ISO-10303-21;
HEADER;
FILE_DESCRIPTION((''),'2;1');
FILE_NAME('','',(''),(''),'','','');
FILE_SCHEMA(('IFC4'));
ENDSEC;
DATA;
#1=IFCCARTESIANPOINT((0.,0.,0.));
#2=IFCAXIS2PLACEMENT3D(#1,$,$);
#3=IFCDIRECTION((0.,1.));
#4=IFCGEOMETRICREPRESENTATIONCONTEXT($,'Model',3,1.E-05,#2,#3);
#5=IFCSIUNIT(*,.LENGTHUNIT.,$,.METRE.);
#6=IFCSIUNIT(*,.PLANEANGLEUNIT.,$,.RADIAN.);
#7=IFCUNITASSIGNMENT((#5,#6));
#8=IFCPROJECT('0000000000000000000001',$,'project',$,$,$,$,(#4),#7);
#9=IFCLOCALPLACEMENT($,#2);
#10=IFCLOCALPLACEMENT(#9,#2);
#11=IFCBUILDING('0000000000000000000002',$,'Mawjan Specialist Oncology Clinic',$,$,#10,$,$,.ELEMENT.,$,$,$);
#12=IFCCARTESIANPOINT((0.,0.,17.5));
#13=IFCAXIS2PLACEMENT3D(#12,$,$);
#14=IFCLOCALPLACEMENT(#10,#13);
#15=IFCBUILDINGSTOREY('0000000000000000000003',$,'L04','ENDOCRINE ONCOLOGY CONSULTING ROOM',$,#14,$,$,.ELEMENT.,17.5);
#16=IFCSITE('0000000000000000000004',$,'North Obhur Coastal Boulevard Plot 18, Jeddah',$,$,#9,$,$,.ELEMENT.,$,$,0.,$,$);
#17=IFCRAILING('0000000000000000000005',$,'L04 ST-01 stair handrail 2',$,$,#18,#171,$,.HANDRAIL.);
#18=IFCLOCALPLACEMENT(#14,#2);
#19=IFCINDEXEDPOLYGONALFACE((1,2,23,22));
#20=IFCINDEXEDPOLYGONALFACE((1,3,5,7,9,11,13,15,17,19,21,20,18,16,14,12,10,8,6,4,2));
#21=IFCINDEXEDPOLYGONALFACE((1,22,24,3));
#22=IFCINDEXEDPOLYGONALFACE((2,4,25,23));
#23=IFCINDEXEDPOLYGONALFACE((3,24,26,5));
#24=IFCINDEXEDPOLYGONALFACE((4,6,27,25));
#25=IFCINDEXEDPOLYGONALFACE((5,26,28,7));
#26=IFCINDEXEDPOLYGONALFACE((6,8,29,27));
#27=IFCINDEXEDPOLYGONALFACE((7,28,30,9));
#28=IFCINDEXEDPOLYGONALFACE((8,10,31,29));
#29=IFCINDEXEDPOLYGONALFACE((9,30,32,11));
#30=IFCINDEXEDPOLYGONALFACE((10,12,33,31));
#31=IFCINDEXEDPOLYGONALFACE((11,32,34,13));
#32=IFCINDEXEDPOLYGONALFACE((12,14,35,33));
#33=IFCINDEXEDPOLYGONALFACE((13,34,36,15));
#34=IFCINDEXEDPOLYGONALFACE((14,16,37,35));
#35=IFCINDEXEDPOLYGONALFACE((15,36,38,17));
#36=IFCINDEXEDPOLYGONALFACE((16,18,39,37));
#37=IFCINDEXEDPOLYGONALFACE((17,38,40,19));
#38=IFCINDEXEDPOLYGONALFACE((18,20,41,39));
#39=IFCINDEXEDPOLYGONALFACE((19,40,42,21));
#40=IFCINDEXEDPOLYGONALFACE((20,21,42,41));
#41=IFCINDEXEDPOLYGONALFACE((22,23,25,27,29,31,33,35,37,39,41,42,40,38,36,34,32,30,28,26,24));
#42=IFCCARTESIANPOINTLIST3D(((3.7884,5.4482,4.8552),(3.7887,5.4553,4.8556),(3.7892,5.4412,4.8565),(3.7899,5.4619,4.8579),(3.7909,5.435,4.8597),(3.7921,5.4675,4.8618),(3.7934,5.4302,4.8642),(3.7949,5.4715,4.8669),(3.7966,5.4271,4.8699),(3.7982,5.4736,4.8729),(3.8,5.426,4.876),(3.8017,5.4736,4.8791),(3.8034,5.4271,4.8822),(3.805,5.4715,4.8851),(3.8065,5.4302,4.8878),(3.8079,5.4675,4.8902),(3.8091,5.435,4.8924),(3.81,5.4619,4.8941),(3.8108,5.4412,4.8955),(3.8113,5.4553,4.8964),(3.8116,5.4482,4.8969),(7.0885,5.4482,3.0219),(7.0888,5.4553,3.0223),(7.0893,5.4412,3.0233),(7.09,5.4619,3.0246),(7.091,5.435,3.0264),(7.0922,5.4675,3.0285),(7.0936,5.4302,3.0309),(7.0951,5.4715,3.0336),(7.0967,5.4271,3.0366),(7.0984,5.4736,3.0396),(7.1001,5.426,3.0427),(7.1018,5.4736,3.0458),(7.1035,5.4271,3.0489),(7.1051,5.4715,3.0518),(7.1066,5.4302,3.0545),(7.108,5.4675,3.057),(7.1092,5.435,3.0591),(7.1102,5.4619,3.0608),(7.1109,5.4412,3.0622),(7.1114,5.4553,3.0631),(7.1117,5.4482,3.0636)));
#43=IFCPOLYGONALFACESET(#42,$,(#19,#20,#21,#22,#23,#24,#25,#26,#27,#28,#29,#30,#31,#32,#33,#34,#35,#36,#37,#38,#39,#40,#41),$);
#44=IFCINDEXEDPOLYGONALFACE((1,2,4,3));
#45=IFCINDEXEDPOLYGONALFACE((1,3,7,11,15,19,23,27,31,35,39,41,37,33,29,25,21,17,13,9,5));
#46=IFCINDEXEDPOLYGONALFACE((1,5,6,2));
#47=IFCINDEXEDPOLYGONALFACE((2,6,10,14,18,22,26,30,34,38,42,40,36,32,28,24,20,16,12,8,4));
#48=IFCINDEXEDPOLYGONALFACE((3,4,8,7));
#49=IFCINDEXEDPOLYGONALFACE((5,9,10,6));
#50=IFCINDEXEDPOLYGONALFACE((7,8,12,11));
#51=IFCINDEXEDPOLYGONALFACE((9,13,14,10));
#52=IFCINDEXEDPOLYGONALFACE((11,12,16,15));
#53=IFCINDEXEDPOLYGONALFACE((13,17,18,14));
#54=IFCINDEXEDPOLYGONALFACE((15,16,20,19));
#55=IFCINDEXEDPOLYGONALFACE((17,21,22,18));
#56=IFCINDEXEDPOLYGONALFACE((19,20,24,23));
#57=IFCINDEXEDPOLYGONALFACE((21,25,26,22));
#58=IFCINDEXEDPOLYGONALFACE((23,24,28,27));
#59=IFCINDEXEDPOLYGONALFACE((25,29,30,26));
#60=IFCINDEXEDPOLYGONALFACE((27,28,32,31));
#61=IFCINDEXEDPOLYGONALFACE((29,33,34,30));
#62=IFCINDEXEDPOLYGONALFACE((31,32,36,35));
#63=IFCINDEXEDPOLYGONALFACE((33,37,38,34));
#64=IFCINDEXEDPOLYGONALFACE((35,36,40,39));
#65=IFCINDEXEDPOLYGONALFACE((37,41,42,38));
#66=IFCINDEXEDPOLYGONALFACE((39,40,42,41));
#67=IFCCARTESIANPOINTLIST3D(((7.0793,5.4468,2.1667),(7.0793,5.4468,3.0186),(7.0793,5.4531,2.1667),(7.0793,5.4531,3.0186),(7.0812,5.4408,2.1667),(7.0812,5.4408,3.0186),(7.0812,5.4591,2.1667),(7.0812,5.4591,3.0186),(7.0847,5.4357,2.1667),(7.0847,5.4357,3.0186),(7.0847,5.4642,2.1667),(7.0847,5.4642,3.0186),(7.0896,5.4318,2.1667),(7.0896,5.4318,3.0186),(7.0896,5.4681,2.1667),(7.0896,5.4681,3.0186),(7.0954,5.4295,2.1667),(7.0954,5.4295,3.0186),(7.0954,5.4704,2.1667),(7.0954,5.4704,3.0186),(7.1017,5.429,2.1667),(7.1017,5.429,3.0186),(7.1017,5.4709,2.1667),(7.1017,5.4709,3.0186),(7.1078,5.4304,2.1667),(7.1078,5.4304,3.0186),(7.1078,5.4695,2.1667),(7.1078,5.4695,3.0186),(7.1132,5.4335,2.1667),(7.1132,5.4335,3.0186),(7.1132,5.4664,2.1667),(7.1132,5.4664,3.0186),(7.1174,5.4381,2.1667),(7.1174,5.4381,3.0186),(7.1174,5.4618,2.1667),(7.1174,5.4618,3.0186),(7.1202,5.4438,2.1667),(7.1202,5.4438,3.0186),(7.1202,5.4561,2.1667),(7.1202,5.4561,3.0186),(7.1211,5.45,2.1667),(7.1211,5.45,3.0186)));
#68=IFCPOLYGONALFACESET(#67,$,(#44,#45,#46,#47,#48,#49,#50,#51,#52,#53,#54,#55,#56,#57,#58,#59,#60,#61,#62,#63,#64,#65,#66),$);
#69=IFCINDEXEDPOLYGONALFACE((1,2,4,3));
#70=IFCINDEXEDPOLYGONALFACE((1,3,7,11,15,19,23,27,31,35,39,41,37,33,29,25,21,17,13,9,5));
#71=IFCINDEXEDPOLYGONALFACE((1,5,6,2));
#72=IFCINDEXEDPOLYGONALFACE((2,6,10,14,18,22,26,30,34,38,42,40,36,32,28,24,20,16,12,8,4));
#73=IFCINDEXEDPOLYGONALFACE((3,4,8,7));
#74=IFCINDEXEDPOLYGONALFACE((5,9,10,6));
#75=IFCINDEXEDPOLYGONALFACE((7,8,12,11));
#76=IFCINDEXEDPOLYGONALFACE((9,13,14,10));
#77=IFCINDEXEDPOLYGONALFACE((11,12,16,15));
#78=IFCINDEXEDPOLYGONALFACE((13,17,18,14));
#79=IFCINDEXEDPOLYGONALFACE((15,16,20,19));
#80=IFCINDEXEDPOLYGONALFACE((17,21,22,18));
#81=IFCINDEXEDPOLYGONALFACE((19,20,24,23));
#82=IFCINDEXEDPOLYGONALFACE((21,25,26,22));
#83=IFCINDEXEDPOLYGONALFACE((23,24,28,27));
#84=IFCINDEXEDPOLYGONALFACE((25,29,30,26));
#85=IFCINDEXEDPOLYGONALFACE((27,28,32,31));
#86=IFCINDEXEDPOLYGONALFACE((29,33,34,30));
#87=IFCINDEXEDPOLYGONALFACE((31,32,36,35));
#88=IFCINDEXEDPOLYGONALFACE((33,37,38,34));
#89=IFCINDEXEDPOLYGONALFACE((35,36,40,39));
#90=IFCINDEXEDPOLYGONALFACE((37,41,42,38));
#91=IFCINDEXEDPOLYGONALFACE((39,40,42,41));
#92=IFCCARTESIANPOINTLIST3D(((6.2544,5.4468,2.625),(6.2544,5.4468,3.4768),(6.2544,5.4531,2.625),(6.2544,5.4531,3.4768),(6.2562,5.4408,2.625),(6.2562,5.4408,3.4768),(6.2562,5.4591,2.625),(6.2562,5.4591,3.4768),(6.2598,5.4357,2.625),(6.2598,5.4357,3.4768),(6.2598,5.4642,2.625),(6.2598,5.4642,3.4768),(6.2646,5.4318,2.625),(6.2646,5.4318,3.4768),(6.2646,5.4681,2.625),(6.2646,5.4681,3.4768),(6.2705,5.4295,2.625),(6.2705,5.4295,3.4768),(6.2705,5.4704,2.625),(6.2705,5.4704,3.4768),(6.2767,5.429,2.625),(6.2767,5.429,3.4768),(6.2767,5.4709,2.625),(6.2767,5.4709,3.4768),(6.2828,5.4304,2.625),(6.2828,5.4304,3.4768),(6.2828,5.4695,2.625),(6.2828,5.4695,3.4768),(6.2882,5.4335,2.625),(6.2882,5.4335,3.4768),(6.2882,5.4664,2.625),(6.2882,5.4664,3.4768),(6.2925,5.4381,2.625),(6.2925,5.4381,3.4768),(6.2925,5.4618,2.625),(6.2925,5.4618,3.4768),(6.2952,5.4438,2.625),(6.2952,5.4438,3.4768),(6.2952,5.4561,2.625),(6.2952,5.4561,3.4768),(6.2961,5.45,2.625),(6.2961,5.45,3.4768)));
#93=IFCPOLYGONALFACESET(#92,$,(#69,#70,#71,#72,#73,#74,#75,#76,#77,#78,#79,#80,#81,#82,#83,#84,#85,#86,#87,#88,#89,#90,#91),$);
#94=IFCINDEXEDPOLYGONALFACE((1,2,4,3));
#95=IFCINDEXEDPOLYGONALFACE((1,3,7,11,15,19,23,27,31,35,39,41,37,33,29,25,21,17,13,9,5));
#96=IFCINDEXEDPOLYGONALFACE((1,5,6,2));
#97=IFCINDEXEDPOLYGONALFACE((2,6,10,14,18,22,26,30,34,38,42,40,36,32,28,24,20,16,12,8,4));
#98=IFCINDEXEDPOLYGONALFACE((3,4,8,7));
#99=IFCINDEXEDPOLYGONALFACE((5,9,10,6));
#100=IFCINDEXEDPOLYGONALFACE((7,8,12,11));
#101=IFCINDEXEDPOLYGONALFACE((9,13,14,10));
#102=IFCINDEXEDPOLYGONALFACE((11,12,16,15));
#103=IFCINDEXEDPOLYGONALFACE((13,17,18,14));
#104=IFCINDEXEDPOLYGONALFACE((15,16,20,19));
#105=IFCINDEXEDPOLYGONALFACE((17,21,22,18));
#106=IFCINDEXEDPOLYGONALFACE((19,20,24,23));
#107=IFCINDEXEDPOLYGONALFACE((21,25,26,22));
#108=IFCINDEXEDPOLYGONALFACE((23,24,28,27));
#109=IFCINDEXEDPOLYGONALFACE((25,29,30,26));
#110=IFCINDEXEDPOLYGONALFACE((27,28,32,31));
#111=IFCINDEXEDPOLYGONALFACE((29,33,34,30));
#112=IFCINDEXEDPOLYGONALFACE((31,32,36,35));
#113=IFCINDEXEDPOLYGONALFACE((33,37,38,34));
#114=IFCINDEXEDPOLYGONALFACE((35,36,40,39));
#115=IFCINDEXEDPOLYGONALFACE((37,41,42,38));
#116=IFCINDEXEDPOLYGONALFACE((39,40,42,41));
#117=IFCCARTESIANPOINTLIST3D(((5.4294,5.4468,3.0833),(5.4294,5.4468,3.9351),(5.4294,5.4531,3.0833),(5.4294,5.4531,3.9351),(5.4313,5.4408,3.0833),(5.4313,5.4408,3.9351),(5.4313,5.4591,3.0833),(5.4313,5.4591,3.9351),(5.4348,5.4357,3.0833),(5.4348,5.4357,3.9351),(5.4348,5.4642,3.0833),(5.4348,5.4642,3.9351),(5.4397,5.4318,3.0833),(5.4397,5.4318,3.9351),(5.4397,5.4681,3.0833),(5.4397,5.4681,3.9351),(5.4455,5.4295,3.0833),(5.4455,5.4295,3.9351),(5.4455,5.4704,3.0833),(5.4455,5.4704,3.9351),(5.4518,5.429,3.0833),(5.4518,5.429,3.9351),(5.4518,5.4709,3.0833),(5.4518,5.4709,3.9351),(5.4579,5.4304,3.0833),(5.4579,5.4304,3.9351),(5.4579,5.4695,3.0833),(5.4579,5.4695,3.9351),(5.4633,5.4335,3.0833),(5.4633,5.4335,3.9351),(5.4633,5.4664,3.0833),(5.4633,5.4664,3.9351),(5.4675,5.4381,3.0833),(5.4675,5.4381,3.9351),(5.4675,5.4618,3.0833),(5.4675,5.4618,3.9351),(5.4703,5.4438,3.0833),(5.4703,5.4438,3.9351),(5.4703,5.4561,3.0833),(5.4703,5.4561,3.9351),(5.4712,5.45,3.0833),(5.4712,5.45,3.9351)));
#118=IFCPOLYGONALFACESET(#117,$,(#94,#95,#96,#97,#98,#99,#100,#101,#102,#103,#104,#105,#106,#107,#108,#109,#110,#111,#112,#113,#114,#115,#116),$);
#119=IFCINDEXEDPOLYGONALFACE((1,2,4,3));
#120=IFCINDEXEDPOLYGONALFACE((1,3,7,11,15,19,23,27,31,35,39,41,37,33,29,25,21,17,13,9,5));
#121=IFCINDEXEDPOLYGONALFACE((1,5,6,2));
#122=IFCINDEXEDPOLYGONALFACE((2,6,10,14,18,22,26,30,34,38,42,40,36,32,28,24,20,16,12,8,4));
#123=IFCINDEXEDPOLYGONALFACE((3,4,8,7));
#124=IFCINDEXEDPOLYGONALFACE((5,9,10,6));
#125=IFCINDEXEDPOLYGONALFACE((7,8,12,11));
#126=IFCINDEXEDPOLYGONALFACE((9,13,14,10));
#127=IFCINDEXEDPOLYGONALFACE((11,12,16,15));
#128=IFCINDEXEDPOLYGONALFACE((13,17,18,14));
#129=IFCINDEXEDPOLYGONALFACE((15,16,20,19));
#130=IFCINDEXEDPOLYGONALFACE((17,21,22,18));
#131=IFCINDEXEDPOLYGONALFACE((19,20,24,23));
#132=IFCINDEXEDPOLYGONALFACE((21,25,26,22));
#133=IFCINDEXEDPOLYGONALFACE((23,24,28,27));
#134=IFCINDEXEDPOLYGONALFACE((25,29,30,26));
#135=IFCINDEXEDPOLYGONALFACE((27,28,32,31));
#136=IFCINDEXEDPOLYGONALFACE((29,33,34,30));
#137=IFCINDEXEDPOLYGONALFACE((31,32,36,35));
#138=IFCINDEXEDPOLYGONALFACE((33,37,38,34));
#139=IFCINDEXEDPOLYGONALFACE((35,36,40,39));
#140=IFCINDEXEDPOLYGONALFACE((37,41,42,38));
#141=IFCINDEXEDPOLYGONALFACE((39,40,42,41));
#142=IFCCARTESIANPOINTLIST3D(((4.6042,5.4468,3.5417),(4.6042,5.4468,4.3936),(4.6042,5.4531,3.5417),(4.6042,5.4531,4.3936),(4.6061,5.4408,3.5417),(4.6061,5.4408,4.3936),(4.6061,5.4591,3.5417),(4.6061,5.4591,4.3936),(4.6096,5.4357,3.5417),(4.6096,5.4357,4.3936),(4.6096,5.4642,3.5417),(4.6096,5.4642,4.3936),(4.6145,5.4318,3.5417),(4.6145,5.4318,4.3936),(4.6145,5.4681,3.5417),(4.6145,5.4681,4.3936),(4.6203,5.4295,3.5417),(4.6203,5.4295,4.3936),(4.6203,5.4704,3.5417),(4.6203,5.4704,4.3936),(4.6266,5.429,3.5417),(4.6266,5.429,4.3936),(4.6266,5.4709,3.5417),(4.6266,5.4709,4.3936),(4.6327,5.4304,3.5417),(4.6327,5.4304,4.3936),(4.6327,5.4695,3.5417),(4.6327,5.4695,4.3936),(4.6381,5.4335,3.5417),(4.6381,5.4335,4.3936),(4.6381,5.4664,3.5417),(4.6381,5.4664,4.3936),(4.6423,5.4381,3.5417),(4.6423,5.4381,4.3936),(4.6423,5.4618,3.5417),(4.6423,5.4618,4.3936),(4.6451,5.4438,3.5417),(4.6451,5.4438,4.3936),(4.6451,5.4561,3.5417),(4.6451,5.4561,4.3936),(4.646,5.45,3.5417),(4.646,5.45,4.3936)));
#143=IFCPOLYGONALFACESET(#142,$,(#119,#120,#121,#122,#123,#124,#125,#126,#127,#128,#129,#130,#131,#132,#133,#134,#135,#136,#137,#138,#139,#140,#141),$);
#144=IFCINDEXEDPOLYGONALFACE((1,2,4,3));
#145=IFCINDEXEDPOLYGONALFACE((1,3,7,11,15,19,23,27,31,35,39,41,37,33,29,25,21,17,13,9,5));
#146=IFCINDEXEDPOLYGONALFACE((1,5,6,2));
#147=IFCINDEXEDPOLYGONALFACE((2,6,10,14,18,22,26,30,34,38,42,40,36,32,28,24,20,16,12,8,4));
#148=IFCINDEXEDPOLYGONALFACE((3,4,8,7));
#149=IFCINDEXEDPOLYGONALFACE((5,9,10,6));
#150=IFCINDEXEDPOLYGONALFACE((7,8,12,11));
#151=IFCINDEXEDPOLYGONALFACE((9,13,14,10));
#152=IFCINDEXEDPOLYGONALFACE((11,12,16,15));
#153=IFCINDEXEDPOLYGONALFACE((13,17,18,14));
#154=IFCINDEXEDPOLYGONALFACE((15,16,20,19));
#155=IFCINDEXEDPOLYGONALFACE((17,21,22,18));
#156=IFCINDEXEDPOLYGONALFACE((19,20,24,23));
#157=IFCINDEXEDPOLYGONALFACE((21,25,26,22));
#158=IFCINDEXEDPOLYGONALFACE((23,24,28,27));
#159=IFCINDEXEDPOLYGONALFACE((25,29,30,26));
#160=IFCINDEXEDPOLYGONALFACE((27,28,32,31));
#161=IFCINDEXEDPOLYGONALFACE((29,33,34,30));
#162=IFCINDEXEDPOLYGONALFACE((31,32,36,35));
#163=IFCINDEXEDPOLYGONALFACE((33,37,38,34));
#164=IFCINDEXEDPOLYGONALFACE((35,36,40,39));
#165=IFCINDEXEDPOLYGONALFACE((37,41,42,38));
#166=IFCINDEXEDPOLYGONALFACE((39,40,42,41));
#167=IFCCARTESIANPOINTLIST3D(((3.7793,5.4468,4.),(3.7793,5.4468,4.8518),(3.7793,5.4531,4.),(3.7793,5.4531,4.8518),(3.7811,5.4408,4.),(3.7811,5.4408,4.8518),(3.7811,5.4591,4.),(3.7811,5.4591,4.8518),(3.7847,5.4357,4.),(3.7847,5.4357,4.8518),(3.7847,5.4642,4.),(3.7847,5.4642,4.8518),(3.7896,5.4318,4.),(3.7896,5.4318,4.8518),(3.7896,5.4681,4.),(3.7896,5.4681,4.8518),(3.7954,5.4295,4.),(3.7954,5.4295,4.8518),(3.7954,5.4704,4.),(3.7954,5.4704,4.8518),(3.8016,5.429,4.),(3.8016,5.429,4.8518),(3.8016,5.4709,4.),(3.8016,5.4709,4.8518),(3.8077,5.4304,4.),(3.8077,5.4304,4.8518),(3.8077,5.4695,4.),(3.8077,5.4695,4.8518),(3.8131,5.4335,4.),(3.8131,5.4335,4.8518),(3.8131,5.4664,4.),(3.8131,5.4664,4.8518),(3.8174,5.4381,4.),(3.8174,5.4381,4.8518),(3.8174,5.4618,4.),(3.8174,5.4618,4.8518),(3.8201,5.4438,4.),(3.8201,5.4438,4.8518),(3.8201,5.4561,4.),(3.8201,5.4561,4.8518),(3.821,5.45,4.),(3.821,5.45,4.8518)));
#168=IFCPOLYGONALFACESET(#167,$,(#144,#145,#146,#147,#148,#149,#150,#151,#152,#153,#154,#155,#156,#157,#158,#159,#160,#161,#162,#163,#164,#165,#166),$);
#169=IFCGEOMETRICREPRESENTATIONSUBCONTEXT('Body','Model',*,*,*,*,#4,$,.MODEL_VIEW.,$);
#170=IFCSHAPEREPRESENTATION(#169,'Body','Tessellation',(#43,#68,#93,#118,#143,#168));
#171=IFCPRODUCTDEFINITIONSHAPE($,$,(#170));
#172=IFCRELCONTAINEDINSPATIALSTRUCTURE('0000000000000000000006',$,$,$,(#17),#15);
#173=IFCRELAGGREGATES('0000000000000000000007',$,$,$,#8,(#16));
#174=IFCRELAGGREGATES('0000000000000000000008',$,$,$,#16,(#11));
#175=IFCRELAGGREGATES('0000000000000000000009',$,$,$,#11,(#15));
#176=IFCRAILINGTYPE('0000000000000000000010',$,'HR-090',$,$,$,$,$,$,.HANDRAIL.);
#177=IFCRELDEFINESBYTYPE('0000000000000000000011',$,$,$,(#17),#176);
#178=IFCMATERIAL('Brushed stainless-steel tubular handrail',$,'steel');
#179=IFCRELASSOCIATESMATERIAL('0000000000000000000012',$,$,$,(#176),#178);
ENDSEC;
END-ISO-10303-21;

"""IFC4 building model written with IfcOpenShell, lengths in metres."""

from ifc_helpers import new_model, si_unit, direction, frame, origin, origin_2d, place, context, subcontext, project, spatial, circle, extrude, material, type_object, element, save


model = new_model("IFC4")

# Units and contexts
model_context = context("Model", 3, precision=1e-05, world=origin(), true_north=direction((0.0, 1.0)))
body_context = subcontext(model_context, "Body", "Model", "MODEL_VIEW")
ifc_project = project(units=[si_unit("LENGTHUNIT", "METRE"), si_unit("PLANEANGLEUNIT", "RADIAN")], contexts=[model_context])

# Site, building, storey
site_placement = place(None, origin())
site = spatial("IfcSite", under=ifc_project, at=site_placement, Name="North Obhur Coastal Boulevard Plot 18, Jeddah", CompositionType="ELEMENT", RefElevation=0.0)
building_placement = place(site_placement, origin())
building = spatial("IfcBuilding", under=site, at=building_placement, Name="Mawjan Specialist Oncology Clinic", CompositionType="ELEMENT")
storey_placement = place(building_placement, frame((0.0, 0.0, 17.5)))
storey = spatial("IfcBuildingStorey", under=building, at=storey_placement, Name="L04", Description="ENDOCRINE ONCOLOGY CONSULTING ROOM", CompositionType="ELEMENT", Elevation=17.5)

# Railing
ifc_material_1 = material(Name="Brushed stainless-steel tubular handrail", Category="steel")
railing_type_1 = type_object("IfcRailingType", Name="HR-090", PredefinedType="HANDRAIL", material=ifc_material_1)
railing_1_placement = place(storey_placement, frame((7.1001, 5.45, 2.1667)))
element("IfcRailing", 1, at=railing_1_placement, inside=storey, type_object=railing_type_1, Name="L04 ST-01 stair handrail 2", PredefinedType="HANDRAIL", context=body_context, shape_type="SweptSolid", body=[
    extrude(circle(Radius=0.0239, at=origin_2d()), frame((0.0, 0.0, 0.876), z_axis=(-0.874169, 0.0, 0.485621), x_axis=(0.0, -1.0, 0.0)), (0.0, 0.0, 1.0), 3.7751),
    extrude(circle(Radius=0.021, at=origin_2d()), origin(), (0.0, 0.0, 1.0), 0.8518),
    extrude(circle(Radius=0.021, at=origin_2d()), frame((-0.825, 0.0, 0.4583)), (0.0, 0.0, 1.0), 0.8518),
    extrude(circle(Radius=0.021, at=origin_2d()), frame((-1.6499, 0.0, 0.9165)), (0.0, 0.0, 1.0), 0.8518),
    extrude(circle(Radius=0.021, at=origin_2d()), frame((-2.4751, 0.0, 1.375)), (0.0, 0.0, 1.0), 0.8518),
    extrude(circle(Radius=0.021, at=origin_2d()), frame((-3.3, 0.0, 1.8333)), (0.0, 0.0, 1.0), 0.8518),
])

save(model, "model.ifc")
